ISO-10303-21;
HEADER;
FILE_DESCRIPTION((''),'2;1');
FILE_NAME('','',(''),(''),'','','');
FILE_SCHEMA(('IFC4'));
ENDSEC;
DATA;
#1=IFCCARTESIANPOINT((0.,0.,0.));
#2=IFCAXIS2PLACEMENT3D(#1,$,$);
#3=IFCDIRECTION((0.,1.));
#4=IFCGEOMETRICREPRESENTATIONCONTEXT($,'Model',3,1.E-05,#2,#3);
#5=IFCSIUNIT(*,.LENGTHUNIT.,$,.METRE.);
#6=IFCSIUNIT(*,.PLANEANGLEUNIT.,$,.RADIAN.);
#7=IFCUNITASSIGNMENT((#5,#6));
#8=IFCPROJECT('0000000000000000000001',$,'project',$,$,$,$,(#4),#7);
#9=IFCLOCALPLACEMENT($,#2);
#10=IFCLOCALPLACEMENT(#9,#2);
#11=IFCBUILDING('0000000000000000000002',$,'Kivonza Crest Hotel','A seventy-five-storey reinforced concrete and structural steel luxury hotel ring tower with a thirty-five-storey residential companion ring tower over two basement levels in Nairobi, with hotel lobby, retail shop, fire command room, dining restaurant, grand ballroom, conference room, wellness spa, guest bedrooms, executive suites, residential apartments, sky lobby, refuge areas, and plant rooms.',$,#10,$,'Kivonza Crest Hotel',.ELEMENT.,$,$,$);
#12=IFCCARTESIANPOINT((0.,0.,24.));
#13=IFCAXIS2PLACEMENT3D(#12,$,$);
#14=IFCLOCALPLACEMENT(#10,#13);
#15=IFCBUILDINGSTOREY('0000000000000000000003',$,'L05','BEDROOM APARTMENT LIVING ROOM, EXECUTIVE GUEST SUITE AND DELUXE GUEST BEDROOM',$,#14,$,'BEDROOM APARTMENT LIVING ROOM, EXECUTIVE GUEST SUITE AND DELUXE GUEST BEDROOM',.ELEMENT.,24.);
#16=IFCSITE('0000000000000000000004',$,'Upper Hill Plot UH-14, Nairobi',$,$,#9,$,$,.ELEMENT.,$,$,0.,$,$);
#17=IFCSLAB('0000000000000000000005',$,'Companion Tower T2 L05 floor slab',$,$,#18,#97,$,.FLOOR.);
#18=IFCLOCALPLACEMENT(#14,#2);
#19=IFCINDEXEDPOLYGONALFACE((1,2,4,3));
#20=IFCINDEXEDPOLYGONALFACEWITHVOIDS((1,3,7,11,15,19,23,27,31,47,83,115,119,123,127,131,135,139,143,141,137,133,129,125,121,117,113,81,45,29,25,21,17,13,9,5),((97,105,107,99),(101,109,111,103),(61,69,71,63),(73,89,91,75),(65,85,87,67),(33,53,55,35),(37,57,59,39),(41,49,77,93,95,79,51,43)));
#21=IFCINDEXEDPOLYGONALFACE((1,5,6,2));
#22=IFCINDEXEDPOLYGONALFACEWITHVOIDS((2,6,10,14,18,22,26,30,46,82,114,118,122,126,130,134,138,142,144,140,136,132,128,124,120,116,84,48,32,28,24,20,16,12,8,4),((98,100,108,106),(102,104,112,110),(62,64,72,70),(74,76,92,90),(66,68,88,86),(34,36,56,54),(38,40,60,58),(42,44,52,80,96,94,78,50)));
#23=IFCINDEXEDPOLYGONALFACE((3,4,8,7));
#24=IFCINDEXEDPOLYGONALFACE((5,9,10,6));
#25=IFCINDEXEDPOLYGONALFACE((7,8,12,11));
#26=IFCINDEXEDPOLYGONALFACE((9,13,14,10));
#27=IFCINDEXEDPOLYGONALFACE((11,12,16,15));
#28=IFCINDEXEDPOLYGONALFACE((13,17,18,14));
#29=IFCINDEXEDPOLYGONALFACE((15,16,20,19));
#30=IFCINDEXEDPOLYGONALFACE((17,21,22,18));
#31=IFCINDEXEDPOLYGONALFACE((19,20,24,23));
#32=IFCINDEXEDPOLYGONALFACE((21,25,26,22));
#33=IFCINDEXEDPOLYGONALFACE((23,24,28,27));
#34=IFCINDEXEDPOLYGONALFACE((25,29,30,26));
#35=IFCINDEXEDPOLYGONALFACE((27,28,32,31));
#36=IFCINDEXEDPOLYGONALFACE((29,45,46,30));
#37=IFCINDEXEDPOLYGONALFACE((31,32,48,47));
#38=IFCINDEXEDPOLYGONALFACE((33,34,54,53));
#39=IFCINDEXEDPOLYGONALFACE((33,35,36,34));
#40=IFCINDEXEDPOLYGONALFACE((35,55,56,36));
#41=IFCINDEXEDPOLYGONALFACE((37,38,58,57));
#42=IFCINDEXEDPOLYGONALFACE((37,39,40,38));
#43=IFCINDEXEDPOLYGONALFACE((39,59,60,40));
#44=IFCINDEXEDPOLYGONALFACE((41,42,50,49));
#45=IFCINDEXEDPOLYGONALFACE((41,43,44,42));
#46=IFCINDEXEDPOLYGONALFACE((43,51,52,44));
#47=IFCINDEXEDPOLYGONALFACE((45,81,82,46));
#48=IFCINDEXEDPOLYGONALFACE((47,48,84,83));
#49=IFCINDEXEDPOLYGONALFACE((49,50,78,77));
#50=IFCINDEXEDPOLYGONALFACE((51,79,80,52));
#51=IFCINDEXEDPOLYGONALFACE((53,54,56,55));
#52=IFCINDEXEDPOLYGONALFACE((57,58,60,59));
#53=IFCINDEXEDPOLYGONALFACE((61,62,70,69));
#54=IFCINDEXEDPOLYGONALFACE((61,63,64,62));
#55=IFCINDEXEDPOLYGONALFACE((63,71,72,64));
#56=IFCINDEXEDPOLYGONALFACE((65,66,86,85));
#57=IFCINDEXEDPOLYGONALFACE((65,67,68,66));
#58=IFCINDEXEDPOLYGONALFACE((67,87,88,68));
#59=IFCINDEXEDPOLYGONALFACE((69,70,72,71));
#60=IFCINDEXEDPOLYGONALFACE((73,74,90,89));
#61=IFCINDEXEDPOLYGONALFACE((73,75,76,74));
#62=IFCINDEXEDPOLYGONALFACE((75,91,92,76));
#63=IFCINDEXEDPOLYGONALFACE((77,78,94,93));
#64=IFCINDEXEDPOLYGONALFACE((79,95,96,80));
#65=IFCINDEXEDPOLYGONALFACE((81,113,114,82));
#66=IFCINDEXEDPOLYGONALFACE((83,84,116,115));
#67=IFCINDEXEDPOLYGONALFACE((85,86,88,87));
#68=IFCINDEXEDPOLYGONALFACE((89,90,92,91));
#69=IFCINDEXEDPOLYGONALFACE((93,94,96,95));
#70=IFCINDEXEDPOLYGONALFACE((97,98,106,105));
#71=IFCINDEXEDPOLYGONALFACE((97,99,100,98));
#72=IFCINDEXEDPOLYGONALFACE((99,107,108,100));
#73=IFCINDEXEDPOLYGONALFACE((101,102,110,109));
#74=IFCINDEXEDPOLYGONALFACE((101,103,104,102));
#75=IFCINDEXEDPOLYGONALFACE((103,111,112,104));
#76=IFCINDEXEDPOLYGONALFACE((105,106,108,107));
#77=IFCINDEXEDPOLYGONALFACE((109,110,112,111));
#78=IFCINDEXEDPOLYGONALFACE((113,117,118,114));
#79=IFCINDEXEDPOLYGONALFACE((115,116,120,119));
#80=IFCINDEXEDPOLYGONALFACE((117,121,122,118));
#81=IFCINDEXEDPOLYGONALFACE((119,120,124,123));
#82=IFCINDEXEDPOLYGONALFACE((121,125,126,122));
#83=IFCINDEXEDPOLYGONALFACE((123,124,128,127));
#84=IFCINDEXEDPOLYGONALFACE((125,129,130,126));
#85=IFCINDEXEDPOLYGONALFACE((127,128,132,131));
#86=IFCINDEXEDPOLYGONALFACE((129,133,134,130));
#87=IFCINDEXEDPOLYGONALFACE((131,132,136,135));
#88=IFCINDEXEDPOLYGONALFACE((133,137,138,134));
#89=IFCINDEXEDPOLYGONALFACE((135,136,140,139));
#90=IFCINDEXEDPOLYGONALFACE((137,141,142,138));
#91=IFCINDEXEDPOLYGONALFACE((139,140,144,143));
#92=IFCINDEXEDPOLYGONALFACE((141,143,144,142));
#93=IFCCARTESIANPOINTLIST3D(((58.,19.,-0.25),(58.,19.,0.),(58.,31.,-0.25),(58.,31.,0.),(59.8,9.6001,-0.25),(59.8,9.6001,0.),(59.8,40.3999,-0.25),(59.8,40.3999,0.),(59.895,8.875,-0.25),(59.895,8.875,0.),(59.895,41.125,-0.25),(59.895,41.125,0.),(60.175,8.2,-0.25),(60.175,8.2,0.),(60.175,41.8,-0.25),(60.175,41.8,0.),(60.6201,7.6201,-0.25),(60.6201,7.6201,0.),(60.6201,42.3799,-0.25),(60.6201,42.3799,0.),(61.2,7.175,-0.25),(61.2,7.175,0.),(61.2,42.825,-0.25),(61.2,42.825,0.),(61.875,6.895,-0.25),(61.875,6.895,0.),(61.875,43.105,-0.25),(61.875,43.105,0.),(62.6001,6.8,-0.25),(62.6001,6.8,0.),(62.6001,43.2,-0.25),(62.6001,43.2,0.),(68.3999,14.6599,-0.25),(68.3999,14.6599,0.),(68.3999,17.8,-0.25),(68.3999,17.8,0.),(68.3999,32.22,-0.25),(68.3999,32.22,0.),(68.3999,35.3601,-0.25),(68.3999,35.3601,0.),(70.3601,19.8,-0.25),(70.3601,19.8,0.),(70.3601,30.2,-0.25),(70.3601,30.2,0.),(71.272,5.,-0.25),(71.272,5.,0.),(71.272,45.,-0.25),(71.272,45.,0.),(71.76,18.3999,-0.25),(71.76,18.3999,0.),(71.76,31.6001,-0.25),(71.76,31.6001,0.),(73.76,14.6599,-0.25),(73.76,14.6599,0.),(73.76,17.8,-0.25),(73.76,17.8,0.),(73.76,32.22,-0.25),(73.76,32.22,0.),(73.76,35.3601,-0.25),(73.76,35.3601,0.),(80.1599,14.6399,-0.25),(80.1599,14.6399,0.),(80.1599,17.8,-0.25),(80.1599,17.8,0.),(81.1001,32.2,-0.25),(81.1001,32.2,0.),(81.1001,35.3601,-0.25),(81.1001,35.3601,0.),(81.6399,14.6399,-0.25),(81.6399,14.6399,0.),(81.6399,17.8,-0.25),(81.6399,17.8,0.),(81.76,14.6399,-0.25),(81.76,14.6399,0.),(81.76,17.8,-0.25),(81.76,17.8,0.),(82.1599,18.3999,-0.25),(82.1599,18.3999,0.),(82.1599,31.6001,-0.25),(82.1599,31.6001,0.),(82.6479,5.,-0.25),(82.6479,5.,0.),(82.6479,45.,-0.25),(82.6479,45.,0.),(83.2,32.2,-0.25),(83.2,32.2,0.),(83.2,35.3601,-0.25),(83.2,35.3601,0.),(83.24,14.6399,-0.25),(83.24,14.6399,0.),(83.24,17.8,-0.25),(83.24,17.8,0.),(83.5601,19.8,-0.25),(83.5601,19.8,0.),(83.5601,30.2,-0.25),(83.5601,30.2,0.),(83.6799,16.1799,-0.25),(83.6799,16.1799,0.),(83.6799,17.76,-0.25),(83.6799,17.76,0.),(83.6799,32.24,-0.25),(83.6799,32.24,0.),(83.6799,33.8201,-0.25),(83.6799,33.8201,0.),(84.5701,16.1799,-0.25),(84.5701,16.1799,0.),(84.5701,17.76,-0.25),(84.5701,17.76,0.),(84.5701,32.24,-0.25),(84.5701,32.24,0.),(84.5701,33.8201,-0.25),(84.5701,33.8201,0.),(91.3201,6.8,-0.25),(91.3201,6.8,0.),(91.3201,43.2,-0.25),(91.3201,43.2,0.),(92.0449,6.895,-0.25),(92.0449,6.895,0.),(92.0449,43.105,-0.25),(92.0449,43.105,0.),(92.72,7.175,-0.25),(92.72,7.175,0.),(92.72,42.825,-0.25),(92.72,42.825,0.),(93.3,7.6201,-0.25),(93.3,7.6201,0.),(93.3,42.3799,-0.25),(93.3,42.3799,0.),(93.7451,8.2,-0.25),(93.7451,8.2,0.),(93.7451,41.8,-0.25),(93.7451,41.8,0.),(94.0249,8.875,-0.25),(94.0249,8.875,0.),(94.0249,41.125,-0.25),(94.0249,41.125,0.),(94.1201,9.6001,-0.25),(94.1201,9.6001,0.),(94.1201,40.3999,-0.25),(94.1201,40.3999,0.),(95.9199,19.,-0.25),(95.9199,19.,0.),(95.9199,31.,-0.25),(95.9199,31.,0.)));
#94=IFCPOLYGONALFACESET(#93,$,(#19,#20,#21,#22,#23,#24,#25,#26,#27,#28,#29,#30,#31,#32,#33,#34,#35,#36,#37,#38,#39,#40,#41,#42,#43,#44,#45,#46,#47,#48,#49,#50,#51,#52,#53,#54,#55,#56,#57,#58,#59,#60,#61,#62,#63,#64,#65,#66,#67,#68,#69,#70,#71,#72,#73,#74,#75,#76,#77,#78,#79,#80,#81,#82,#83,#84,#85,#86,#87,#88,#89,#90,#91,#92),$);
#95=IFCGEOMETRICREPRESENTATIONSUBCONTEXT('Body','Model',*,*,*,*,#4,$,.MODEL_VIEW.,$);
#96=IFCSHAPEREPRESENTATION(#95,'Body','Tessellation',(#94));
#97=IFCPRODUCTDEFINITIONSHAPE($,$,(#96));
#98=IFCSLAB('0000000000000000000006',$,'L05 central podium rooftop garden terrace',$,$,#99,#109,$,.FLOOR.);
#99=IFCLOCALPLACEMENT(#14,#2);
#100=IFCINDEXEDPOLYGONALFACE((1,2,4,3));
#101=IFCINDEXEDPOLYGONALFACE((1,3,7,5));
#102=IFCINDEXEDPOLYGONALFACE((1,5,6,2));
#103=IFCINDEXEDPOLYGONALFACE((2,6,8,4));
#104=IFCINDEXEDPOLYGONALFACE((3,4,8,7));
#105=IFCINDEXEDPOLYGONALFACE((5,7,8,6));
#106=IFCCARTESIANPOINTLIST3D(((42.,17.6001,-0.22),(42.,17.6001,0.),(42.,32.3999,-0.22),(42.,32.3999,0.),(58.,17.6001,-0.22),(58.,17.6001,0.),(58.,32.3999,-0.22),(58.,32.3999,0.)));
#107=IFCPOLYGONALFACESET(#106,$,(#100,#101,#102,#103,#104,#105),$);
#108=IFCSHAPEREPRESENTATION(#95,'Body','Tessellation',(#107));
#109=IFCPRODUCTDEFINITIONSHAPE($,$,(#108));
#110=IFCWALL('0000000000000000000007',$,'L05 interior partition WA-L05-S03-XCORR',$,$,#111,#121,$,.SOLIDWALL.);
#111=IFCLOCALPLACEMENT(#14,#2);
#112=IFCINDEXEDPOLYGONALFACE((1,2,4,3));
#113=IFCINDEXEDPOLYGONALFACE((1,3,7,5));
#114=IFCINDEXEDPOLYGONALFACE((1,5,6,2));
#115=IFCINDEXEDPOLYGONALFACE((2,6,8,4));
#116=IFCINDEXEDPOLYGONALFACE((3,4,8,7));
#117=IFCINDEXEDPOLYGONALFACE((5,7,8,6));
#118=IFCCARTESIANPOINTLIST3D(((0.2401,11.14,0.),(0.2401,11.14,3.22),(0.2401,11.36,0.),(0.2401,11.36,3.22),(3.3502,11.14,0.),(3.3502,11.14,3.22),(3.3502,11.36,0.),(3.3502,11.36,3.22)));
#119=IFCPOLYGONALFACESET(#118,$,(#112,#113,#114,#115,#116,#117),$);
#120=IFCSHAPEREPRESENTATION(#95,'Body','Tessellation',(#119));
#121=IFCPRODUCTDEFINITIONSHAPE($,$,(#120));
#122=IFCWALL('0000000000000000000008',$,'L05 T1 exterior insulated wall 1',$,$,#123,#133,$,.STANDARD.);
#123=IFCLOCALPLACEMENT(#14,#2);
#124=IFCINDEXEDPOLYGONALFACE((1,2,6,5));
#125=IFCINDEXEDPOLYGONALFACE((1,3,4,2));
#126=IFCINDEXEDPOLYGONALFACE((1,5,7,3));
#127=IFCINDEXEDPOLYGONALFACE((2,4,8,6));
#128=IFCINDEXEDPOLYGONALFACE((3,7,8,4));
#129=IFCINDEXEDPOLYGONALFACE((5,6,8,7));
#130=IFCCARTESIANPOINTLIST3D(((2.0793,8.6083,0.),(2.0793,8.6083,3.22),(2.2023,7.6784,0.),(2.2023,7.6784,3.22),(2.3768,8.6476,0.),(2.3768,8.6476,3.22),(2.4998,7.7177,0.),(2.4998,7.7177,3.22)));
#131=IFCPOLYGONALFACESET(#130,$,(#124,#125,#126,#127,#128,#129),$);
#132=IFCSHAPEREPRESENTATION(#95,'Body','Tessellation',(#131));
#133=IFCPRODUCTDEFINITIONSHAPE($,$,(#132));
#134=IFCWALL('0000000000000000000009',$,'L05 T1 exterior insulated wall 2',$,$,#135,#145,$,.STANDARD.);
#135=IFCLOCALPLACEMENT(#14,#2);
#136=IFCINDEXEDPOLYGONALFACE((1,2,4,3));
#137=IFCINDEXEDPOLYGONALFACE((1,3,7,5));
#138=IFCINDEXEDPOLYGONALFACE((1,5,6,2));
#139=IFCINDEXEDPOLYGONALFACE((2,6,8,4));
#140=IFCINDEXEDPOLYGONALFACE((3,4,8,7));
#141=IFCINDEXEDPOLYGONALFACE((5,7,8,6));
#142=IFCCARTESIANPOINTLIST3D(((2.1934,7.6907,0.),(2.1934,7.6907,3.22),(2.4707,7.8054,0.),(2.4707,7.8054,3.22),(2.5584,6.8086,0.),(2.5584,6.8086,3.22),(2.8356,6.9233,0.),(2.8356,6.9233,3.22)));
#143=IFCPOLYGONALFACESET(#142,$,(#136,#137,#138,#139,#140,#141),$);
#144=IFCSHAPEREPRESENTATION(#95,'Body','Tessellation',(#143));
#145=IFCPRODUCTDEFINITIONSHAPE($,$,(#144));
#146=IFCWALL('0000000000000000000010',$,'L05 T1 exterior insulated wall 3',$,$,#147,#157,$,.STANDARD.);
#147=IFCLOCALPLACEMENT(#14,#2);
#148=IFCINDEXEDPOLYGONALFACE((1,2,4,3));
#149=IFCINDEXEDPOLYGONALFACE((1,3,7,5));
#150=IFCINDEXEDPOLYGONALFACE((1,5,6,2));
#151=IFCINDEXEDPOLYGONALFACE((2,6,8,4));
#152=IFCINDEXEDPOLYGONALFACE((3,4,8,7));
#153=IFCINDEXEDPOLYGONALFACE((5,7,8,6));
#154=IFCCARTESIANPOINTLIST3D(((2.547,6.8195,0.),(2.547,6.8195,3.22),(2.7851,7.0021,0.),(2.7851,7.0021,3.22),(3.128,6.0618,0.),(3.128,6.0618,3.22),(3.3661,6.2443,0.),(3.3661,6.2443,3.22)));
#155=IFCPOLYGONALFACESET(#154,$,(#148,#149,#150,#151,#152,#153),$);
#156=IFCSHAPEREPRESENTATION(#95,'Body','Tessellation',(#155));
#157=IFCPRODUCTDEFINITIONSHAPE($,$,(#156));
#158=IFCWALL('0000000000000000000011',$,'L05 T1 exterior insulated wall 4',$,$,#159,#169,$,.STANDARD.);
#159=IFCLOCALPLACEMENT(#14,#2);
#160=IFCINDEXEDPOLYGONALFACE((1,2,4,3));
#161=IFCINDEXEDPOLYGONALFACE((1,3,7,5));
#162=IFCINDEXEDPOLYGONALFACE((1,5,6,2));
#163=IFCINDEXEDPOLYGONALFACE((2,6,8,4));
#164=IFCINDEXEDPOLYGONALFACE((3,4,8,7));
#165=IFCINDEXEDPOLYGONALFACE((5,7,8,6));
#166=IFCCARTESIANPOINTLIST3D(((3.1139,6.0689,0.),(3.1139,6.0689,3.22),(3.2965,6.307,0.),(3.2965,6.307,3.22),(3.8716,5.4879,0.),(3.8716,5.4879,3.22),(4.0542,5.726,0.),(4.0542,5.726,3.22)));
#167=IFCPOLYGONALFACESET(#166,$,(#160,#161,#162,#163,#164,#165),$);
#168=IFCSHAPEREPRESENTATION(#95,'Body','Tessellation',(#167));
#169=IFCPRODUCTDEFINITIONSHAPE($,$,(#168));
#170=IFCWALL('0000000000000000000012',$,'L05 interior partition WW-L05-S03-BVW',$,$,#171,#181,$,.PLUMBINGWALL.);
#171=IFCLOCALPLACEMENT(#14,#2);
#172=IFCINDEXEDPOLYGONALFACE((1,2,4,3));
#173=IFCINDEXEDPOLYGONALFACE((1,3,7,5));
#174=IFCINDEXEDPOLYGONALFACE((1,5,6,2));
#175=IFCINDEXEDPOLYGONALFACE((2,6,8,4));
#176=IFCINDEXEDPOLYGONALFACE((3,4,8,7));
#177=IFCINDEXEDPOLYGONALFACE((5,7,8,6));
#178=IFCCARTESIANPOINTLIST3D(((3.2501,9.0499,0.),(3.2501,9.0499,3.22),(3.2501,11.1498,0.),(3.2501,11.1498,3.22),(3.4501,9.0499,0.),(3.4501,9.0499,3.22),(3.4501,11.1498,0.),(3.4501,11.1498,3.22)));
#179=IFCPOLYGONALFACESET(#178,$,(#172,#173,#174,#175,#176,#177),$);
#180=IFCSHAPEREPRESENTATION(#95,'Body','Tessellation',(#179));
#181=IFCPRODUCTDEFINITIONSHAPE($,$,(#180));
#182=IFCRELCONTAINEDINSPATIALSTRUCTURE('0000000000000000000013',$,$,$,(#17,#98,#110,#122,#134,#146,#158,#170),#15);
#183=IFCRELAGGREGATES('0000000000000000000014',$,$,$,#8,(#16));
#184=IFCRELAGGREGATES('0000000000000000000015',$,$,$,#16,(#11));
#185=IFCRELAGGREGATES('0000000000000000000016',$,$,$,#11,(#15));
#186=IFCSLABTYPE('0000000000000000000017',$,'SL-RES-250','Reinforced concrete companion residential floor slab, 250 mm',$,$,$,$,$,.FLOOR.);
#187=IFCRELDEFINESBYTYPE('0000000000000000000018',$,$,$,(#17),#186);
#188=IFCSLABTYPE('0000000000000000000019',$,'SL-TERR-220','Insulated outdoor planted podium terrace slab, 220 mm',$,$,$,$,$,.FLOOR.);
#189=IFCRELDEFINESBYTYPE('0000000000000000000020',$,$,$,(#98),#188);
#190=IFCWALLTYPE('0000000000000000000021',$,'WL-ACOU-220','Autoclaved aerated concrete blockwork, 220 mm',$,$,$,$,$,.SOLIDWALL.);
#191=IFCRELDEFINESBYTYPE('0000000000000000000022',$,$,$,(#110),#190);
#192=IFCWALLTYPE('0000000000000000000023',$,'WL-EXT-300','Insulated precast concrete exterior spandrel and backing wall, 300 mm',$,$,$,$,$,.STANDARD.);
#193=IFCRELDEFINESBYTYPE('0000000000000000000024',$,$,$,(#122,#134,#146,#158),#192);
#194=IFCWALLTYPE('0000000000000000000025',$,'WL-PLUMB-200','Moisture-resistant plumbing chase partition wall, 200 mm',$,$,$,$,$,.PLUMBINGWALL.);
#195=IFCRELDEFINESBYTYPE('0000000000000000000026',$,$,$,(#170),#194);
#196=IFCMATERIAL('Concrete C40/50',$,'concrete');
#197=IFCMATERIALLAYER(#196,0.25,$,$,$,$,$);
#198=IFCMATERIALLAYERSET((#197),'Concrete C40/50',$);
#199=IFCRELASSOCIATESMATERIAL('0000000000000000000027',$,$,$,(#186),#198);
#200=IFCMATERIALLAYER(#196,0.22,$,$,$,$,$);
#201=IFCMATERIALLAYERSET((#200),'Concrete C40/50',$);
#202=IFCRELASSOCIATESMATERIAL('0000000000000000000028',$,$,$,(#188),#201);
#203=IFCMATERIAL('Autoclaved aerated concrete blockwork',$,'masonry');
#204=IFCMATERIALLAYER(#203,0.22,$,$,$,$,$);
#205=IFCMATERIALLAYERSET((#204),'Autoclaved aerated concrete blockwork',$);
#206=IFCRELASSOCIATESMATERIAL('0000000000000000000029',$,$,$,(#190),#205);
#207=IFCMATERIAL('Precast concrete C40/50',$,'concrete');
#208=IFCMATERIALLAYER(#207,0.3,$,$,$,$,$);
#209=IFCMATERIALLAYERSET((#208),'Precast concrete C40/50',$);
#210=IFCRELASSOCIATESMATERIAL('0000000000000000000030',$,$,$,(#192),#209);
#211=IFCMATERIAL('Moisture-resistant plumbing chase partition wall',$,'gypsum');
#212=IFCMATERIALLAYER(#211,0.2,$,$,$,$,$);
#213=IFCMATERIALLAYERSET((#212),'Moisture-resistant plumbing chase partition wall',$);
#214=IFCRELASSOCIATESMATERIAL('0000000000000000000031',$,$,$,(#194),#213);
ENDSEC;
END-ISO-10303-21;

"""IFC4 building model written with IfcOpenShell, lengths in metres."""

from ifc_helpers import new_model, si_unit, direction, frame, frame_2d, origin, place, context, subcontext, project, spatial, polyline, rectangle, outline, extrude, material, layer, layer_set, type_object, element, save


model = new_model("IFC4")

# Units and contexts
model_context = context("Model", 3, precision=1e-05, world=origin(), true_north=direction((0.0, 1.0)))
body_context = subcontext(model_context, "Body", "Model", "MODEL_VIEW")
ifc_project = project(units=[si_unit("LENGTHUNIT", "METRE"), si_unit("PLANEANGLEUNIT", "RADIAN")], contexts=[model_context])

# Site, building, storey
site_placement = place(None, origin())
site = spatial("IfcSite", under=ifc_project, at=site_placement, Name="Upper Hill Plot UH-14, Nairobi", CompositionType="ELEMENT", RefElevation=0.0)
building_placement = place(site_placement, origin())
building = spatial("IfcBuilding", under=site, at=building_placement, Name="Kivonza Crest Hotel", Description="A seventy-five-storey reinforced concrete and structural steel luxury hotel ring tower with a thirty-five-storey residential companion ring tower over two basement levels in Nairobi, with hotel lobby, retail shop, fire command room, dining restaurant, grand ballroom, conference room, wellness spa, guest bedrooms, executive suites, residential apartments, sky lobby, refuge areas, and plant rooms.", LongName="Kivonza Crest Hotel", CompositionType="ELEMENT")
storey_placement = place(building_placement, frame((0.0, 0.0, 24.0)))
storey = spatial("IfcBuildingStorey", under=building, at=storey_placement, Name="L05", Description="BEDROOM APARTMENT LIVING ROOM, EXECUTIVE GUEST SUITE AND DELUXE GUEST BEDROOM", LongName="BEDROOM APARTMENT LIVING ROOM, EXECUTIVE GUEST SUITE AND DELUXE GUEST BEDROOM", CompositionType="ELEMENT", Elevation=24.0)

# Shared definitions
ifc_material_1 = material(Name="Concrete C40/50", Category="concrete")

# Slabs
ifc_layer_1 = layer(ifc_material_1, 0.25)
ifc_layer_set_1 = layer_set([ifc_layer_1], Name="Concrete C40/50")
slab_type_1 = type_object("IfcSlabType", Name="SL-RES-250", Description="Reinforced concrete companion residential floor slab, 250 mm", PredefinedType="FLOOR", material=ifc_layer_set_1)
slab_1_placement = place(storey_placement, frame((0.0, 0.0, -0.25)))
element("IfcSlab", 1, at=slab_1_placement, inside=storey, type_object=slab_type_1, Name="Companion Tower T2 L05 floor slab", PredefinedType="FLOOR", context=body_context, shape_type="SweptSolid", body=[
    extrude(outline(polyline([(59.8, 9.6001), (59.895, 8.875), (60.175, 8.2), (60.6201, 7.6201), (61.2, 7.175), (61.875, 6.895), (62.6001, 6.8), (71.272, 5.0), (82.6479, 5.0), (91.3201, 6.8), (92.0449, 6.895), (92.72, 7.175), (93.3, 7.6201), (93.7451, 8.2), (94.0249, 8.875), (94.1201, 9.6001), (95.9199, 19.0), (95.9199, 31.0), (94.1201, 40.3999), (94.0249, 41.125), (93.7451, 41.8), (93.3, 42.3799), (92.72, 42.825), (92.0449, 43.105), (91.3201, 43.2), (82.6479, 45.0), (71.272, 45.0), (62.6001, 43.2), (61.875, 43.105), (61.2, 42.825), (60.6201, 42.3799), (60.175, 41.8), (59.895, 41.125), (59.8, 40.3999), (58.0, 31.0), (58.0, 19.0), (59.8, 9.6001)]), holes=[polyline([(71.76, 18.3999), (82.1599, 18.3999), (83.5601, 19.8), (83.5601, 30.2), (82.1599, 31.6001), (71.76, 31.6001), (70.3601, 30.2), (70.3601, 19.8), (71.76, 18.3999)]), polyline([(68.3999, 32.22), (73.76, 32.22), (73.76, 35.3601), (68.3999, 35.3601), (68.3999, 32.22)]), polyline([(68.3999, 14.6599), (73.76, 14.6599), (73.76, 17.8), (68.3999, 17.8), (68.3999, 14.6599)]), polyline([(83.6799, 32.24), (84.5701, 32.24), (84.5701, 33.8201), (83.6799, 33.8201), (83.6799, 32.24)]), polyline([(83.6799, 16.1799), (84.5701, 16.1799), (84.5701, 17.76), (83.6799, 17.76), (83.6799, 16.1799)]), polyline([(81.1001, 32.2), (83.2, 32.2), (83.2, 35.3601), (81.1001, 35.3601), (81.1001, 32.2)]), polyline([(80.1599, 14.6399), (81.6399, 14.6399), (81.6399, 17.8), (80.1599, 17.8), (80.1599, 14.6399)]), polyline([(81.76, 14.6399), (83.24, 14.6399), (83.24, 17.8), (81.76, 17.8), (81.76, 14.6399)])]), origin(), (0.0, 0.0, 1.0), 0.25),
])
ifc_layer_2 = layer(ifc_material_1, 0.22)
ifc_layer_set_2 = layer_set([ifc_layer_2], Name="Concrete C40/50")
slab_type_2 = type_object("IfcSlabType", Name="SL-TERR-220", Description="Insulated outdoor planted podium terrace slab, 220 mm", PredefinedType="FLOOR", material=ifc_layer_set_2)
slab_2_placement = place(storey_placement, frame((0.0, 0.0, -0.22)))
element("IfcSlab", 2, at=slab_2_placement, inside=storey, type_object=slab_type_2, Name="L05 central podium rooftop garden terrace", PredefinedType="FLOOR", context=body_context, shape_type="SweptSolid", body=[
    extrude(outline(polyline([(42.0, 17.6001), (58.0, 17.6001), (58.0, 32.3999), (42.0, 32.3999), (42.0, 17.6001)])), origin(), (0.0, 0.0, 1.0), 0.22),
])

# Walls
ifc_material_2 = material(Name="Autoclaved aerated concrete blockwork", Category="masonry")
ifc_layer_3 = layer(ifc_material_2, 0.22)
ifc_layer_set_3 = layer_set([ifc_layer_3], Name="Autoclaved aerated concrete blockwork")
wall_type_1 = type_object("IfcWallType", Name="WL-ACOU-220", Description="Autoclaved aerated concrete blockwork, 220 mm", PredefinedType="SOLIDWALL", material=ifc_layer_set_3)
wall_1_placement = place(storey_placement, frame((0.24, 11.25, 0.0), z_axis=(0.0, 0.0, 1.0), x_axis=(1.0, 0.0, 0.0)))
element("IfcWall", 3, at=wall_1_placement, inside=storey, type_object=wall_type_1, Name="L05 interior partition WA-L05-S03-XCORR", PredefinedType="SOLIDWALL", context=body_context, shape_type="SweptSolid", body=[
    extrude(rectangle(XDim=3.1101, YDim=0.22, at=frame_2d((1.5552, 0.0))), origin(), (0.0, 0.0, 1.0), 3.22),
])
ifc_material_3 = material(Name="Precast concrete C40/50", Category="concrete")
ifc_layer_4 = layer(ifc_material_3, 0.3)
ifc_layer_set_4 = layer_set([ifc_layer_4], Name="Precast concrete C40/50")
wall_type_2 = type_object("IfcWallType", Name="WL-EXT-300", Description="Insulated precast concrete exterior spandrel and backing wall, 300 mm", PredefinedType="STANDARD", material=ifc_layer_set_4)
wall_2_placement = place(storey_placement, frame((2.228, 8.6279, 0.0), z_axis=(0.0, 0.0, 1.0), x_axis=(0.131175, -0.991359, 0.0)))
element("IfcWall", 4, at=wall_2_placement, inside=storey, type_object=wall_type_2, Name="L05 T1 exterior insulated wall 1", PredefinedType="STANDARD", context=body_context, shape_type="SweptSolid", body=[
    extrude(rectangle(XDim=0.938, YDim=0.3, at=frame_2d((0.469, 0.0))), origin(), (0.0, 0.0, 1.0), 3.22),
])
wall_3_placement = place(storey_placement, frame((2.332, 7.748, 0.0), z_axis=(0.0, 0.0, 1.0), x_axis=(0.382344, -0.92402, 0.0)))
element("IfcWall", 5, at=wall_3_placement, inside=storey, type_object=wall_type_2, Name="L05 T1 exterior insulated wall 2", PredefinedType="STANDARD", context=body_context, shape_type="SweptSolid", body=[
    extrude(rectangle(XDim=0.9546, YDim=0.3, at=frame_2d((0.4773, 0.0))), origin(), (0.0, 0.0, 1.0), 3.22),
])
for number, where, z_axis, x_axis, name in (
    (6, (2.666, 6.9109, 0.0), (0.0, 0.0, 1.0), (0.608474, -0.793573, 0.0), "L05 T1 exterior insulated wall 3"),
    (7, (3.2051, 6.188, 0.0), (0.0, 0.0, 1.0), (0.793573, -0.608474, 0.0), "L05 T1 exterior insulated wall 4"),
):
    element("IfcWall", number, at=place(storey_placement, frame(where, z_axis=z_axis, x_axis=x_axis)), inside=storey, type_object=wall_type_2, Name=name, PredefinedType="STANDARD", context=body_context, shape_type="SweptSolid", body=[
        extrude(rectangle(XDim=0.9548, YDim=0.3, at=frame_2d((0.4775, 0.0))), origin(), (0.0, 0.0, 1.0), 3.22),
    ])
ifc_material_4 = material(Name="Moisture-resistant plumbing chase partition wall", Category="gypsum")
ifc_layer_5 = layer(ifc_material_4, 0.2)
ifc_layer_set_5 = layer_set([ifc_layer_5], Name="Moisture-resistant plumbing chase partition wall")
wall_type_3 = type_object("IfcWallType", Name="WL-PLUMB-200", Description="Moisture-resistant plumbing chase partition wall, 200 mm", PredefinedType="PLUMBINGWALL", material=ifc_layer_set_5)
wall_4_placement = place(storey_placement, frame((3.3501, 9.05, 0.0), z_axis=(0.0, 0.0, 1.0), x_axis=(0.0, 1.0, 0.0)))
element("IfcWall", 8, at=wall_4_placement, inside=storey, type_object=wall_type_3, Name="L05 interior partition WW-L05-S03-BVW", PredefinedType="PLUMBINGWALL", context=body_context, shape_type="SweptSolid", body=[
    extrude(rectangle(XDim=2.0999, YDim=0.2, at=frame_2d((1.0498, 0.0))), origin(), (0.0, 0.0, 1.0), 3.22),
])

save(model, "model.ifc")
